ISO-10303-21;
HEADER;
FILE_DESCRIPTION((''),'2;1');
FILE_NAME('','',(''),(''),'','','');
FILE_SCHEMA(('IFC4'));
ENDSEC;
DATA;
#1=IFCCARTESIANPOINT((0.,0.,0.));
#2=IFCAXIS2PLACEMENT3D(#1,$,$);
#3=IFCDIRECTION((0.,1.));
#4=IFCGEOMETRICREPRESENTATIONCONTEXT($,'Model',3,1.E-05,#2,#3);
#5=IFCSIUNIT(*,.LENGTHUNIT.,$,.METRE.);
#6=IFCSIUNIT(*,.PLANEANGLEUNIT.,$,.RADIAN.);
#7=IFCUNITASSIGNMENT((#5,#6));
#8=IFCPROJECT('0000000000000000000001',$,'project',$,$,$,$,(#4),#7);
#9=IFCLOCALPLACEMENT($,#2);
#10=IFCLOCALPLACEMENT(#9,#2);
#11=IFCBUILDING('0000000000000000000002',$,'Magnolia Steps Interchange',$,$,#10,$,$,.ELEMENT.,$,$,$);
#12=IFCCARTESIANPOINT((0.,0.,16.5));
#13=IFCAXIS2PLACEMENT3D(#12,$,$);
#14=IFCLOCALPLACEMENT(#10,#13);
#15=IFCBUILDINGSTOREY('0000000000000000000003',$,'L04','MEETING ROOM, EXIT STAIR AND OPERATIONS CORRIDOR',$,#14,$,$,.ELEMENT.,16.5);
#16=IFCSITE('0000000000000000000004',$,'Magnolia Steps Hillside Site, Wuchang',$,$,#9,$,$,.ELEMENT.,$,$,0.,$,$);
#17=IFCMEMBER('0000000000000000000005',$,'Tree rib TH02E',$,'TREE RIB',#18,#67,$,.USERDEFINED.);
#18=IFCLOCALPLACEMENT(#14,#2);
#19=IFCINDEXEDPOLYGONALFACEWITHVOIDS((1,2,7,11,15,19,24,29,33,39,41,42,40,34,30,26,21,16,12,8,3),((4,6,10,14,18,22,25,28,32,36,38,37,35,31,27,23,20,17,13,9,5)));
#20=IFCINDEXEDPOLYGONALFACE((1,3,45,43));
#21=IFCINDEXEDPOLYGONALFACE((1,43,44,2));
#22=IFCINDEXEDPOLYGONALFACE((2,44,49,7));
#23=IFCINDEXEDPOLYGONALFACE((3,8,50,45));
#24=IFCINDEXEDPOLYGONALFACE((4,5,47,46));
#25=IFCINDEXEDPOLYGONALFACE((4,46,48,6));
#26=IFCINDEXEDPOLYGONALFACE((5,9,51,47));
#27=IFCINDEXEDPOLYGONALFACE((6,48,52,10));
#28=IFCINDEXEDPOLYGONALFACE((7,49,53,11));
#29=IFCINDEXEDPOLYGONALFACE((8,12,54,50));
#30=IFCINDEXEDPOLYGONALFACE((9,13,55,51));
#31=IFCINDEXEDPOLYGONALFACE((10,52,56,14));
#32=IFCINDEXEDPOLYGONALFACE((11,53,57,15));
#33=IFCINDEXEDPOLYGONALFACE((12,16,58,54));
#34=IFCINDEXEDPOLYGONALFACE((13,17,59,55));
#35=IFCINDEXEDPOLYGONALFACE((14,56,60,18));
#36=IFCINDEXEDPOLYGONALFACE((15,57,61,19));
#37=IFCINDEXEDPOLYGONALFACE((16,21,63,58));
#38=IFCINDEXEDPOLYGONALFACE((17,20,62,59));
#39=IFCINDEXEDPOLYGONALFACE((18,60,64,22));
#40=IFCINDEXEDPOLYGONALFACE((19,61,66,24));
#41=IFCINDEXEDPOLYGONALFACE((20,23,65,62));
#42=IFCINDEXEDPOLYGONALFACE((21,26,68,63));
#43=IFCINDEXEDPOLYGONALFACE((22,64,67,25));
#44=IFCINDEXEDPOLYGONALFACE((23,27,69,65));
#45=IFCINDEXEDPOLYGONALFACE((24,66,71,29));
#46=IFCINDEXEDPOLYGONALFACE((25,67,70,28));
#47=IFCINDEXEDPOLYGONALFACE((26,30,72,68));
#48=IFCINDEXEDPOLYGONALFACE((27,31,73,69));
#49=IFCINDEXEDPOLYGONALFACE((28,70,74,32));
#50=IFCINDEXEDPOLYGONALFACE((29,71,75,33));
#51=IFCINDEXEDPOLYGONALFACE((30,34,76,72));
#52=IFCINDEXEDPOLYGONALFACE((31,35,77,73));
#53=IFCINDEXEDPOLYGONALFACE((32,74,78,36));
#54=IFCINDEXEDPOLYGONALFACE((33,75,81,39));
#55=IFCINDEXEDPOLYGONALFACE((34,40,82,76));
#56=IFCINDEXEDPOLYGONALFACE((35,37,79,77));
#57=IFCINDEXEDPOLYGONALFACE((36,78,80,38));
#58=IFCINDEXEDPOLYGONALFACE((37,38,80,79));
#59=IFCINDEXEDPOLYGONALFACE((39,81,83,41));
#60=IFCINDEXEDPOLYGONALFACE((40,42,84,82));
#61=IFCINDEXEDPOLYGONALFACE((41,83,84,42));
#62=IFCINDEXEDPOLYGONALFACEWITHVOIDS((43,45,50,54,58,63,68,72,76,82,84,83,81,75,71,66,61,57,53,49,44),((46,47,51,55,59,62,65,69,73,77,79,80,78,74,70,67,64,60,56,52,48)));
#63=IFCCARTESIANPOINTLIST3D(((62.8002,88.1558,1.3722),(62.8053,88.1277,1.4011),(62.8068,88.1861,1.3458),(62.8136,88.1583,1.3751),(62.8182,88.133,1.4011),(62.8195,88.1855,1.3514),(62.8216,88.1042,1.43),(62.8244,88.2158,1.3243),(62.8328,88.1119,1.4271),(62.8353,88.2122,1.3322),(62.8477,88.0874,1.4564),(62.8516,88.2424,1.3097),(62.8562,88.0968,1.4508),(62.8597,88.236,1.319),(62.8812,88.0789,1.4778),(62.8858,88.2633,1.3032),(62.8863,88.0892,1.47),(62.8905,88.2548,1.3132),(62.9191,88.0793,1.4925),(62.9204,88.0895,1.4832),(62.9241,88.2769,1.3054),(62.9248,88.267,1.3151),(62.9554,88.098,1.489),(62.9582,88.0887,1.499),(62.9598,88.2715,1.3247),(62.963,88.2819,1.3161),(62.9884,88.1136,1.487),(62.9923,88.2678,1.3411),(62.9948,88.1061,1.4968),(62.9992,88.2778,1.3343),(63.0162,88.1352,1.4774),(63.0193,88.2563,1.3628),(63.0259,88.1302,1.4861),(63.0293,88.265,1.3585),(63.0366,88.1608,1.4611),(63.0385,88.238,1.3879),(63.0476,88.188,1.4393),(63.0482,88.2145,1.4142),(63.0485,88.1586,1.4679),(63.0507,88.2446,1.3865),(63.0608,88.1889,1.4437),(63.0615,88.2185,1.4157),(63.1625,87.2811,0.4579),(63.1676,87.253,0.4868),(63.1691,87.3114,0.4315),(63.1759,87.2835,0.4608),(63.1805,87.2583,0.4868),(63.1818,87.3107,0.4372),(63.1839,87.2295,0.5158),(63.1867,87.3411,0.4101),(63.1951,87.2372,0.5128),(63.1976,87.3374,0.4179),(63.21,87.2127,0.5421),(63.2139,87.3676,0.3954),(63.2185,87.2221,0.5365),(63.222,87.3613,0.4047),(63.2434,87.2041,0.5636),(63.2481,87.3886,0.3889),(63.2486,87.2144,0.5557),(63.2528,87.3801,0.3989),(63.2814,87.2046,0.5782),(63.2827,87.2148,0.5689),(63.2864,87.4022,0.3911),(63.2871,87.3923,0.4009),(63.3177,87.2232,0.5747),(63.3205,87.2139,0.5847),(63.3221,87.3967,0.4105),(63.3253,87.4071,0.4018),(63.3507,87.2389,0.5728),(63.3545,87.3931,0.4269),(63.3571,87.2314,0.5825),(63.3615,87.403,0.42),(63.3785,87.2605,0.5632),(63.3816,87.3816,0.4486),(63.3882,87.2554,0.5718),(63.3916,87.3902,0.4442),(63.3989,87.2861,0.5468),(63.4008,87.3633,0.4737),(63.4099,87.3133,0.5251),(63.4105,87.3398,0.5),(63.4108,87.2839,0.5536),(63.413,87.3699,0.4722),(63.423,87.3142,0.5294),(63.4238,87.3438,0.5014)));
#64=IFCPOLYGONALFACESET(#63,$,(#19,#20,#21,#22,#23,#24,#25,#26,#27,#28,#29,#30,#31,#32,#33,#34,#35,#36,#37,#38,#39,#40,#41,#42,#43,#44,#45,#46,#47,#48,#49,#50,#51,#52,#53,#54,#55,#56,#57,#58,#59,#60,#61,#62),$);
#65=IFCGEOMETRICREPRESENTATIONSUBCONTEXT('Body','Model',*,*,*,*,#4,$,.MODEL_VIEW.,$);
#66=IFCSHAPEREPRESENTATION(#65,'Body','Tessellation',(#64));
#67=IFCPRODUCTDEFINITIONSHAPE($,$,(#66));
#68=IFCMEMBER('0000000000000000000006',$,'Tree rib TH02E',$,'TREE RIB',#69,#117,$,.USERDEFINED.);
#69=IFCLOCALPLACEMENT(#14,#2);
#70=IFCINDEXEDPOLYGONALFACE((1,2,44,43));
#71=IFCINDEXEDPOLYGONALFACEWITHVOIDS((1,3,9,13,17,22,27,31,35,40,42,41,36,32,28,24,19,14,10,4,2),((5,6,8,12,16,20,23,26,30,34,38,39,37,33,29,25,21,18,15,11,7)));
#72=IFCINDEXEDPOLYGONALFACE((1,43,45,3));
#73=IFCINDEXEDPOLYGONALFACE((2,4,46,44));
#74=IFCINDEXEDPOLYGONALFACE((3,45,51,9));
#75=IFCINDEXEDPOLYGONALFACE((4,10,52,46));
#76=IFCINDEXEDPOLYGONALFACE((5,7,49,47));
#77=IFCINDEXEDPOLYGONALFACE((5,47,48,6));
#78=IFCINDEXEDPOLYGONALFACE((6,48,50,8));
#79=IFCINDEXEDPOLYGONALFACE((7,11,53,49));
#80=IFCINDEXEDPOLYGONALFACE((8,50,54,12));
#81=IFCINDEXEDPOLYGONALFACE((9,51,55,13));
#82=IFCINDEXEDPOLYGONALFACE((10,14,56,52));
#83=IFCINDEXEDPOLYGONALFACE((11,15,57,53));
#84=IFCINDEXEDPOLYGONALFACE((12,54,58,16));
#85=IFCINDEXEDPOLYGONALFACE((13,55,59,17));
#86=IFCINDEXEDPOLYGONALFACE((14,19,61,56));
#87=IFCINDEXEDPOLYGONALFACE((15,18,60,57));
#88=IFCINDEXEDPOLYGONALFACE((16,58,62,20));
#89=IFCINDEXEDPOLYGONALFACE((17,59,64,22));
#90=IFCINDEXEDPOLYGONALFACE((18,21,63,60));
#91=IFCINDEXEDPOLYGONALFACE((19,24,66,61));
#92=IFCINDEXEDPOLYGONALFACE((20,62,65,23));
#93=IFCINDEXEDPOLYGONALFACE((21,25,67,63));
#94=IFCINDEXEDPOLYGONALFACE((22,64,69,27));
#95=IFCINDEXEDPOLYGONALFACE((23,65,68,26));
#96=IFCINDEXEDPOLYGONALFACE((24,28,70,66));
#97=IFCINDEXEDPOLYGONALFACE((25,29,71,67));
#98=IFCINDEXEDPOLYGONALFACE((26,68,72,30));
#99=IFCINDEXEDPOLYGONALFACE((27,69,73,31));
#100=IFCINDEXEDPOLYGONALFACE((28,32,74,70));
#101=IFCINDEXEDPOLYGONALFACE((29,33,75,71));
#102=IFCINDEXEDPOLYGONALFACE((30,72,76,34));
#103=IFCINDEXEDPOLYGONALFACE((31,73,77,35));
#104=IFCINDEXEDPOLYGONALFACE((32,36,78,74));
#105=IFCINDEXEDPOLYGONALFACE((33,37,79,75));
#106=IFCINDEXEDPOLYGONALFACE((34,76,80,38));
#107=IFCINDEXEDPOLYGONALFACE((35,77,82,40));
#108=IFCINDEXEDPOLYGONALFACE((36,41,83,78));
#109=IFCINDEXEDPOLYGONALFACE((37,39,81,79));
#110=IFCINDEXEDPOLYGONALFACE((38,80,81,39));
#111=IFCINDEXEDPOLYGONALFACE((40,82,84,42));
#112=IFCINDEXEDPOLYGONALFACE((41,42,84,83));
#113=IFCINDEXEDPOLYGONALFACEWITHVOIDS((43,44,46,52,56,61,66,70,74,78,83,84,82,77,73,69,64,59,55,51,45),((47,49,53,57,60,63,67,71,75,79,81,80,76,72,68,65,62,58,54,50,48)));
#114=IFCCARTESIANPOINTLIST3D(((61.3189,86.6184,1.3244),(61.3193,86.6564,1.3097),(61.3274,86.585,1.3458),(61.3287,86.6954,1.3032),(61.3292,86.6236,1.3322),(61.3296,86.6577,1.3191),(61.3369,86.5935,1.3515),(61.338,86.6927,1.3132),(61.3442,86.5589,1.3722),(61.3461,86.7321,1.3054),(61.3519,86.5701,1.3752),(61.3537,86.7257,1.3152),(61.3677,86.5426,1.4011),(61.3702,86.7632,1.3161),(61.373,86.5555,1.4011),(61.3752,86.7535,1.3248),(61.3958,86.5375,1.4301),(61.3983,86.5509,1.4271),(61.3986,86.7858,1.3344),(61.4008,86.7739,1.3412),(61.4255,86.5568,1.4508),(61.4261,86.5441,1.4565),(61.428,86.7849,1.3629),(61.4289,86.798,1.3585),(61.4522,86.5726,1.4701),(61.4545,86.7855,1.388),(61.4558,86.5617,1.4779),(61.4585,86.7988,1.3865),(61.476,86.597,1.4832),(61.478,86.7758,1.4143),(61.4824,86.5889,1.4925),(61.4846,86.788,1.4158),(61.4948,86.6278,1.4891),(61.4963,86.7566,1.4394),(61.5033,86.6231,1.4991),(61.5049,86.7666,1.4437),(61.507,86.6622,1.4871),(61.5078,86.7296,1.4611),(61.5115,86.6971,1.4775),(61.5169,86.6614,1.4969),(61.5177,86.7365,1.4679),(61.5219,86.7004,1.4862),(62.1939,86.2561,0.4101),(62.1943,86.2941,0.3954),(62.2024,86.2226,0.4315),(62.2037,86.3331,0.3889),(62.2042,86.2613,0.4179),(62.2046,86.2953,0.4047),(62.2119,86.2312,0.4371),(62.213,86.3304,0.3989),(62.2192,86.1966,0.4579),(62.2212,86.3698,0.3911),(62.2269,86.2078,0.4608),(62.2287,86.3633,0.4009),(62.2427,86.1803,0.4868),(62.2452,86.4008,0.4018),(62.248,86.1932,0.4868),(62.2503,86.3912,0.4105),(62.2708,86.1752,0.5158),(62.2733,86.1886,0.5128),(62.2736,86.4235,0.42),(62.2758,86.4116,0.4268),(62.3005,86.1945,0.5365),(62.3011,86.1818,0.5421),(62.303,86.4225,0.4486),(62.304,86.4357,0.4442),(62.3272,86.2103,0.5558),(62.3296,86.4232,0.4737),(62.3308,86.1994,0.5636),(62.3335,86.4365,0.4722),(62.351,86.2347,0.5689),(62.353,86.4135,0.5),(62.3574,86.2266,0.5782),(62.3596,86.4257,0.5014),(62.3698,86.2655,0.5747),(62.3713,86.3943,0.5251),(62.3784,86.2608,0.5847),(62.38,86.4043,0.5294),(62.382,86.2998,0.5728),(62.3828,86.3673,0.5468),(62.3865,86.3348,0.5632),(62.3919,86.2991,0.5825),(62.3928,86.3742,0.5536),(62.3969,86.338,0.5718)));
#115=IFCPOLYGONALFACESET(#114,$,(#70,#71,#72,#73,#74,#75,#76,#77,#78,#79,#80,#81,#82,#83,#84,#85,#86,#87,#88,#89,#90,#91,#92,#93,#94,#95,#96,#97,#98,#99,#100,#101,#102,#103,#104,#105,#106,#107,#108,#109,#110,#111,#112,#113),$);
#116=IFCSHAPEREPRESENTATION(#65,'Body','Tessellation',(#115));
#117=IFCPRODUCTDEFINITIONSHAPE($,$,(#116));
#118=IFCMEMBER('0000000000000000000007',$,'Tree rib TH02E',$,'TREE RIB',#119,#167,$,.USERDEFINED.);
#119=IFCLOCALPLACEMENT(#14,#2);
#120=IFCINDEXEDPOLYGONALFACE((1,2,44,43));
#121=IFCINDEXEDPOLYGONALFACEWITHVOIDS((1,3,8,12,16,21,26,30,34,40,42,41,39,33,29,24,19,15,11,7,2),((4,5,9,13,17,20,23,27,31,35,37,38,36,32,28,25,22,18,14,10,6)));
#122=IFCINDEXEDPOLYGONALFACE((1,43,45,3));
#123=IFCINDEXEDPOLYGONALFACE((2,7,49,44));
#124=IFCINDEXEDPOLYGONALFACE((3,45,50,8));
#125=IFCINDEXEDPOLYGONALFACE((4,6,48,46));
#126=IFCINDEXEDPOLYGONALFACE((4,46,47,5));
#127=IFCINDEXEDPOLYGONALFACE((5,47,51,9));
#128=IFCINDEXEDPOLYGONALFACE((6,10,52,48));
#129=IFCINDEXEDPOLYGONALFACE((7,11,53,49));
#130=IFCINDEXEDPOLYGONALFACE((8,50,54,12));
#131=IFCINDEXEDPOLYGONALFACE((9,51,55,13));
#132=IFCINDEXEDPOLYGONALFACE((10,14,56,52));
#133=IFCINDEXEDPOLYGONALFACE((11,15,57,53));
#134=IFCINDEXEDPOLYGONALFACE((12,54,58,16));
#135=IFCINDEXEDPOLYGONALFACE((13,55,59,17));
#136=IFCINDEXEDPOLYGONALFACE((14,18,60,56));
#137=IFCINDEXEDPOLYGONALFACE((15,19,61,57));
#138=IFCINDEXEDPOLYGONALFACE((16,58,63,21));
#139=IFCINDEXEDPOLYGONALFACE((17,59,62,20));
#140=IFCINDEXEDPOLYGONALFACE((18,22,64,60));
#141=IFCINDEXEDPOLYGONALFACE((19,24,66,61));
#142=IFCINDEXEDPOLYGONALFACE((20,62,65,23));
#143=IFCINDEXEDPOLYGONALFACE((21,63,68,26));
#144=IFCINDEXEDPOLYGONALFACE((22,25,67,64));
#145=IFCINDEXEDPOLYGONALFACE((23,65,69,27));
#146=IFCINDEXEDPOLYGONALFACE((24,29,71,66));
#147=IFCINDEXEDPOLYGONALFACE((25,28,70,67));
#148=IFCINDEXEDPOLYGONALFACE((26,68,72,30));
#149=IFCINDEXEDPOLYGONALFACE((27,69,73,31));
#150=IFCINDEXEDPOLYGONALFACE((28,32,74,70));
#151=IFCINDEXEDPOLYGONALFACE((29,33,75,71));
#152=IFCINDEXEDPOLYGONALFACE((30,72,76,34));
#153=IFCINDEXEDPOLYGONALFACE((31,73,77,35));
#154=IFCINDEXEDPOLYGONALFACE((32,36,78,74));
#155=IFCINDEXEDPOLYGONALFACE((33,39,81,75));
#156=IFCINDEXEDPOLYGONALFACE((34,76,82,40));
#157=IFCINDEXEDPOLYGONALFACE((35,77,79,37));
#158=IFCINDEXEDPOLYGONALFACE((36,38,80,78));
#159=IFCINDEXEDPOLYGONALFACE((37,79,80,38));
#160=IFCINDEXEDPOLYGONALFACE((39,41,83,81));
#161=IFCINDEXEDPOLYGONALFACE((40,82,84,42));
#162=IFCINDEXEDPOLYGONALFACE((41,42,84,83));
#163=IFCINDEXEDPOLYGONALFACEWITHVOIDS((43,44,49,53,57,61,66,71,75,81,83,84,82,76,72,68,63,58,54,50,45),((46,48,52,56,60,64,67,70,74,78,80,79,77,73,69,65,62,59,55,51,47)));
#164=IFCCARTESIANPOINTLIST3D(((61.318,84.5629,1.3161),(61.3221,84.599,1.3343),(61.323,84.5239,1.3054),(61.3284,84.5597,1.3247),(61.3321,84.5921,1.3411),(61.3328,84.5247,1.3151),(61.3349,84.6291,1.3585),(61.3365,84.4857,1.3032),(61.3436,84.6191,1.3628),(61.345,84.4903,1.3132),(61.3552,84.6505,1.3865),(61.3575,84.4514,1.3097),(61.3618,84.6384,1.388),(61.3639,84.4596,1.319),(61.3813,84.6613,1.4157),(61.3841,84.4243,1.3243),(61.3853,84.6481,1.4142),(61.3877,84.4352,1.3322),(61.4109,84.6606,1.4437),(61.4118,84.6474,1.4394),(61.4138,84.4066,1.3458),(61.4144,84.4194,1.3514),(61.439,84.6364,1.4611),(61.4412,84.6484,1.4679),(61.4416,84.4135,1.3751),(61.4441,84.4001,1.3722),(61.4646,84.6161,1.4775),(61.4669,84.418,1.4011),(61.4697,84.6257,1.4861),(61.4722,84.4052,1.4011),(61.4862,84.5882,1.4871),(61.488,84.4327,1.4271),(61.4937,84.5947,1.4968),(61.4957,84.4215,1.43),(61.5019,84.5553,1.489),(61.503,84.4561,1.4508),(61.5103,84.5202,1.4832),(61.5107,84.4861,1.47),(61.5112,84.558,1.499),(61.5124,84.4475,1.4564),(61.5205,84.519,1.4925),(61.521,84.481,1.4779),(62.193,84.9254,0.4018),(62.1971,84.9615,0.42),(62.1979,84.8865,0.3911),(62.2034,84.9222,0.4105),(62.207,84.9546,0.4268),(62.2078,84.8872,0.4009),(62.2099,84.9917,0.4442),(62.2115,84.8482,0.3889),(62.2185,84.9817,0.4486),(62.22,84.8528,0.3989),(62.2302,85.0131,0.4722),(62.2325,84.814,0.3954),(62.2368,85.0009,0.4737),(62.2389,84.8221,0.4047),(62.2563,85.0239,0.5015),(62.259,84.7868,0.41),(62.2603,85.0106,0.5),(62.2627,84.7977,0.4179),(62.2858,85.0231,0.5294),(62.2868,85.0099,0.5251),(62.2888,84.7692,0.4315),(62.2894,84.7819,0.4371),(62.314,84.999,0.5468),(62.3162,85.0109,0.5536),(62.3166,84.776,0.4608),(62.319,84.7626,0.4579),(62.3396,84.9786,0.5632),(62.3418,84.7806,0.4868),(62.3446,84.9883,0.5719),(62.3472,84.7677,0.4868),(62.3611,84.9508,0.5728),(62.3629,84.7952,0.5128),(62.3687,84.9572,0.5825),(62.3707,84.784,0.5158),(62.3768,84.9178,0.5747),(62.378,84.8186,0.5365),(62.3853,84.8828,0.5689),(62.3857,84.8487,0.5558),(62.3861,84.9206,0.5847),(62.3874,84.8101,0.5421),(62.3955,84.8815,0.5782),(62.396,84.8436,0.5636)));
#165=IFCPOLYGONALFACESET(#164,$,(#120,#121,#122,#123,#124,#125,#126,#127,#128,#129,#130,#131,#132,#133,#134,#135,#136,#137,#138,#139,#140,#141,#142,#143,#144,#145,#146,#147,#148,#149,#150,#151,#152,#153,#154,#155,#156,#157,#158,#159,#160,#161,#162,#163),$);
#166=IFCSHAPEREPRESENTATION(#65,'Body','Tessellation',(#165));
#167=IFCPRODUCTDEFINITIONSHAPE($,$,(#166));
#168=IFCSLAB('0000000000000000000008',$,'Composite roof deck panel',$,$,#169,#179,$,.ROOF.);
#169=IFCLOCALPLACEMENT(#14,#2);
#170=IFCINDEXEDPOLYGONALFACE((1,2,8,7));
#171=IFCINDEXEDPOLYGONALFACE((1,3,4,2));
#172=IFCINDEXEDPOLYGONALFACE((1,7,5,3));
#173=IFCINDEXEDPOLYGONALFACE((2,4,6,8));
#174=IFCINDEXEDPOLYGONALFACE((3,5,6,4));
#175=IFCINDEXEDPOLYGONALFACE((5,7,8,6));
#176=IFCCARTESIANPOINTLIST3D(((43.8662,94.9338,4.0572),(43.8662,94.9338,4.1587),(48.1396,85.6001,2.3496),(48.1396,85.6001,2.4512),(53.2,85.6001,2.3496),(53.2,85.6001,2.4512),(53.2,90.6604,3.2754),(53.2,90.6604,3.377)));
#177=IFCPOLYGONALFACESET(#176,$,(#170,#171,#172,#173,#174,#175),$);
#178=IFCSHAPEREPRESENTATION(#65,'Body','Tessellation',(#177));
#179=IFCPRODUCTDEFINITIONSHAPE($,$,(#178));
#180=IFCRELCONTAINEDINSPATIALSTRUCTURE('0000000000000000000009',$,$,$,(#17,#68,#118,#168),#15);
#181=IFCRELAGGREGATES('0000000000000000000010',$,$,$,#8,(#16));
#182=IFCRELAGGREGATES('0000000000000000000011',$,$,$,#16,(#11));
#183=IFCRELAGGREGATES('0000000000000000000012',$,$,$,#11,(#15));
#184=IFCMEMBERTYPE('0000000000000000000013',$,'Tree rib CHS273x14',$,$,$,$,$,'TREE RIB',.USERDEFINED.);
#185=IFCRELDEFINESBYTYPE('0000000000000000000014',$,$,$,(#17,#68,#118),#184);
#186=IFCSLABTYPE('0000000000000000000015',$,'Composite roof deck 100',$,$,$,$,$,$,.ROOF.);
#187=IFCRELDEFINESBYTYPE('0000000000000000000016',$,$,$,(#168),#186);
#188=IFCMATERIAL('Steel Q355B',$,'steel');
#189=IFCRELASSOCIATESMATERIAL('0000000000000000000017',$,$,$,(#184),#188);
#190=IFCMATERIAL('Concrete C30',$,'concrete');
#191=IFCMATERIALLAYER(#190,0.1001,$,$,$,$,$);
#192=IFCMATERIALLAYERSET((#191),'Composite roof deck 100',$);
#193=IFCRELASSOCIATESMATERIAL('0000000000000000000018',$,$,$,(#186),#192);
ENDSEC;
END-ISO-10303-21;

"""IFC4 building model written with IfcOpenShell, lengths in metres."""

from ifc_helpers import new_model, si_unit, direction, frame, origin, origin_2d, place, context, subcontext, project, spatial, polyline, hollow_circle, outline, extrude, material, layer, layer_set, material_profile, profile_set, type_object, element, save


model = new_model("IFC4")

# Units and contexts
model_context = context("Model", 3, precision=1e-05, world=origin(), true_north=direction((0.0, 1.0)))
body_context = subcontext(model_context, "Body", "Model", "MODEL_VIEW")
ifc_project = project(units=[si_unit("LENGTHUNIT", "METRE"), si_unit("PLANEANGLEUNIT", "RADIAN")], contexts=[model_context])

# Site, building, storey
site_placement = place(None, origin())
site = spatial("IfcSite", under=ifc_project, at=site_placement, Name="Magnolia Steps Hillside Site, Wuchang", CompositionType="ELEMENT", RefElevation=0.0)
building_placement = place(site_placement, origin())
building = spatial("IfcBuilding", under=site, at=building_placement, Name="Magnolia Steps Interchange", CompositionType="ELEMENT")
storey_placement = place(building_placement, frame((0.0, 0.0, 16.5)))
storey = spatial("IfcBuildingStorey", under=building, at=storey_placement, Name="L04", Description="MEETING ROOM, EXIT STAIR AND OPERATIONS CORRIDOR", CompositionType="ELEMENT", Elevation=16.5)

# Members
ifc_material_1 = material(Name="Steel Q355B", Category="steel")
ifc_material_profile_1 = material_profile(ifc_material_1, hollow_circle(Radius=0.1365, WallThickness=0.0139, at=origin_2d()), Name="CHS273x14")
ifc_profile_set_1 = profile_set([ifc_material_profile_1], Name="Steel Q355B")
member_type_1 = type_object("IfcMemberType", Name="Tree rib CHS273x14", ElementType="TREE RIB", PredefinedType="USERDEFINED", material=ifc_profile_set_1)
for number, where, z_axis, x_axis, name in (
    (1, (63.2937, 87.3052, 0.4868), (-0.275263, 0.6646, 0.694649), (-0.923891, -0.382655, 0.0), "Tree rib TH02E"),
):
    element("IfcMember", number, at=place(storey_placement, frame(where, z_axis=z_axis, x_axis=x_axis)), inside=storey, type_object=member_type_1, Name=name, ObjectType="TREE RIB", PredefinedType="USERDEFINED", context=body_context, shape_type="SweptSolid", body=[
        extrude(hollow_circle(Radius=0.1365, WallThickness=0.0139, at=origin_2d()), origin(), (0.0, 0.0, 1.0), 1.3162),
    ])
for number, where, z_axis, x_axis, name in (
    (2, (62.2949, 86.3064, 0.4868), (-0.664704, 0.275229, 0.694563), (-0.382564, -0.923929, 0.0), "Tree rib TH02E"),
    (3, (62.2949, 84.8938, 0.4868), (-0.66467, -0.2754, 0.694528), (0.382784, -0.923838, 0.0), "Tree rib TH02E"),
):
    element("IfcMember", number, at=place(storey_placement, frame(where, z_axis=z_axis, x_axis=x_axis)), inside=storey, type_object=member_type_1, Name=name, ObjectType="TREE RIB", PredefinedType="USERDEFINED", context=body_context, shape_type="SweptSolid", body=[
        extrude(hollow_circle(Radius=0.1365, WallThickness=0.0139, at=origin_2d()), origin(), (0.0, 0.0, 1.0), 1.3164),
    ])

# Slab
ifc_material_2 = material(Name="Concrete C30", Category="concrete")
ifc_layer_1 = layer(ifc_material_2, 0.1001)
ifc_layer_set_1 = layer_set([ifc_layer_1], Name="Composite roof deck 100")
slab_type = type_object("IfcSlabType", Name="Composite roof deck 100", PredefinedType="ROOF", material=ifc_layer_set_1)
slab_placement = place(storey_placement, frame((48.1396, 85.6001, 2.4512), z_axis=(-0.000005, -0.179958, 0.983674), x_axis=(1.0, -0.000001, 0.000004)))
element("IfcSlab", 4, at=slab_placement, inside=storey, type_object=slab_type, Name="Composite roof deck panel", PredefinedType="ROOF", context=body_context, shape_type="SweptSolid", body=[
    extrude(outline(polyline([(0.0, 0.0), (5.0603, 0.0), (5.0603, 5.1443), (-4.2734, 9.4886), (0.0, 0.0)])), origin(), (-0.000004, -0.179958, -0.983674), 0.1016),
])

save(model, "model.ifc")
